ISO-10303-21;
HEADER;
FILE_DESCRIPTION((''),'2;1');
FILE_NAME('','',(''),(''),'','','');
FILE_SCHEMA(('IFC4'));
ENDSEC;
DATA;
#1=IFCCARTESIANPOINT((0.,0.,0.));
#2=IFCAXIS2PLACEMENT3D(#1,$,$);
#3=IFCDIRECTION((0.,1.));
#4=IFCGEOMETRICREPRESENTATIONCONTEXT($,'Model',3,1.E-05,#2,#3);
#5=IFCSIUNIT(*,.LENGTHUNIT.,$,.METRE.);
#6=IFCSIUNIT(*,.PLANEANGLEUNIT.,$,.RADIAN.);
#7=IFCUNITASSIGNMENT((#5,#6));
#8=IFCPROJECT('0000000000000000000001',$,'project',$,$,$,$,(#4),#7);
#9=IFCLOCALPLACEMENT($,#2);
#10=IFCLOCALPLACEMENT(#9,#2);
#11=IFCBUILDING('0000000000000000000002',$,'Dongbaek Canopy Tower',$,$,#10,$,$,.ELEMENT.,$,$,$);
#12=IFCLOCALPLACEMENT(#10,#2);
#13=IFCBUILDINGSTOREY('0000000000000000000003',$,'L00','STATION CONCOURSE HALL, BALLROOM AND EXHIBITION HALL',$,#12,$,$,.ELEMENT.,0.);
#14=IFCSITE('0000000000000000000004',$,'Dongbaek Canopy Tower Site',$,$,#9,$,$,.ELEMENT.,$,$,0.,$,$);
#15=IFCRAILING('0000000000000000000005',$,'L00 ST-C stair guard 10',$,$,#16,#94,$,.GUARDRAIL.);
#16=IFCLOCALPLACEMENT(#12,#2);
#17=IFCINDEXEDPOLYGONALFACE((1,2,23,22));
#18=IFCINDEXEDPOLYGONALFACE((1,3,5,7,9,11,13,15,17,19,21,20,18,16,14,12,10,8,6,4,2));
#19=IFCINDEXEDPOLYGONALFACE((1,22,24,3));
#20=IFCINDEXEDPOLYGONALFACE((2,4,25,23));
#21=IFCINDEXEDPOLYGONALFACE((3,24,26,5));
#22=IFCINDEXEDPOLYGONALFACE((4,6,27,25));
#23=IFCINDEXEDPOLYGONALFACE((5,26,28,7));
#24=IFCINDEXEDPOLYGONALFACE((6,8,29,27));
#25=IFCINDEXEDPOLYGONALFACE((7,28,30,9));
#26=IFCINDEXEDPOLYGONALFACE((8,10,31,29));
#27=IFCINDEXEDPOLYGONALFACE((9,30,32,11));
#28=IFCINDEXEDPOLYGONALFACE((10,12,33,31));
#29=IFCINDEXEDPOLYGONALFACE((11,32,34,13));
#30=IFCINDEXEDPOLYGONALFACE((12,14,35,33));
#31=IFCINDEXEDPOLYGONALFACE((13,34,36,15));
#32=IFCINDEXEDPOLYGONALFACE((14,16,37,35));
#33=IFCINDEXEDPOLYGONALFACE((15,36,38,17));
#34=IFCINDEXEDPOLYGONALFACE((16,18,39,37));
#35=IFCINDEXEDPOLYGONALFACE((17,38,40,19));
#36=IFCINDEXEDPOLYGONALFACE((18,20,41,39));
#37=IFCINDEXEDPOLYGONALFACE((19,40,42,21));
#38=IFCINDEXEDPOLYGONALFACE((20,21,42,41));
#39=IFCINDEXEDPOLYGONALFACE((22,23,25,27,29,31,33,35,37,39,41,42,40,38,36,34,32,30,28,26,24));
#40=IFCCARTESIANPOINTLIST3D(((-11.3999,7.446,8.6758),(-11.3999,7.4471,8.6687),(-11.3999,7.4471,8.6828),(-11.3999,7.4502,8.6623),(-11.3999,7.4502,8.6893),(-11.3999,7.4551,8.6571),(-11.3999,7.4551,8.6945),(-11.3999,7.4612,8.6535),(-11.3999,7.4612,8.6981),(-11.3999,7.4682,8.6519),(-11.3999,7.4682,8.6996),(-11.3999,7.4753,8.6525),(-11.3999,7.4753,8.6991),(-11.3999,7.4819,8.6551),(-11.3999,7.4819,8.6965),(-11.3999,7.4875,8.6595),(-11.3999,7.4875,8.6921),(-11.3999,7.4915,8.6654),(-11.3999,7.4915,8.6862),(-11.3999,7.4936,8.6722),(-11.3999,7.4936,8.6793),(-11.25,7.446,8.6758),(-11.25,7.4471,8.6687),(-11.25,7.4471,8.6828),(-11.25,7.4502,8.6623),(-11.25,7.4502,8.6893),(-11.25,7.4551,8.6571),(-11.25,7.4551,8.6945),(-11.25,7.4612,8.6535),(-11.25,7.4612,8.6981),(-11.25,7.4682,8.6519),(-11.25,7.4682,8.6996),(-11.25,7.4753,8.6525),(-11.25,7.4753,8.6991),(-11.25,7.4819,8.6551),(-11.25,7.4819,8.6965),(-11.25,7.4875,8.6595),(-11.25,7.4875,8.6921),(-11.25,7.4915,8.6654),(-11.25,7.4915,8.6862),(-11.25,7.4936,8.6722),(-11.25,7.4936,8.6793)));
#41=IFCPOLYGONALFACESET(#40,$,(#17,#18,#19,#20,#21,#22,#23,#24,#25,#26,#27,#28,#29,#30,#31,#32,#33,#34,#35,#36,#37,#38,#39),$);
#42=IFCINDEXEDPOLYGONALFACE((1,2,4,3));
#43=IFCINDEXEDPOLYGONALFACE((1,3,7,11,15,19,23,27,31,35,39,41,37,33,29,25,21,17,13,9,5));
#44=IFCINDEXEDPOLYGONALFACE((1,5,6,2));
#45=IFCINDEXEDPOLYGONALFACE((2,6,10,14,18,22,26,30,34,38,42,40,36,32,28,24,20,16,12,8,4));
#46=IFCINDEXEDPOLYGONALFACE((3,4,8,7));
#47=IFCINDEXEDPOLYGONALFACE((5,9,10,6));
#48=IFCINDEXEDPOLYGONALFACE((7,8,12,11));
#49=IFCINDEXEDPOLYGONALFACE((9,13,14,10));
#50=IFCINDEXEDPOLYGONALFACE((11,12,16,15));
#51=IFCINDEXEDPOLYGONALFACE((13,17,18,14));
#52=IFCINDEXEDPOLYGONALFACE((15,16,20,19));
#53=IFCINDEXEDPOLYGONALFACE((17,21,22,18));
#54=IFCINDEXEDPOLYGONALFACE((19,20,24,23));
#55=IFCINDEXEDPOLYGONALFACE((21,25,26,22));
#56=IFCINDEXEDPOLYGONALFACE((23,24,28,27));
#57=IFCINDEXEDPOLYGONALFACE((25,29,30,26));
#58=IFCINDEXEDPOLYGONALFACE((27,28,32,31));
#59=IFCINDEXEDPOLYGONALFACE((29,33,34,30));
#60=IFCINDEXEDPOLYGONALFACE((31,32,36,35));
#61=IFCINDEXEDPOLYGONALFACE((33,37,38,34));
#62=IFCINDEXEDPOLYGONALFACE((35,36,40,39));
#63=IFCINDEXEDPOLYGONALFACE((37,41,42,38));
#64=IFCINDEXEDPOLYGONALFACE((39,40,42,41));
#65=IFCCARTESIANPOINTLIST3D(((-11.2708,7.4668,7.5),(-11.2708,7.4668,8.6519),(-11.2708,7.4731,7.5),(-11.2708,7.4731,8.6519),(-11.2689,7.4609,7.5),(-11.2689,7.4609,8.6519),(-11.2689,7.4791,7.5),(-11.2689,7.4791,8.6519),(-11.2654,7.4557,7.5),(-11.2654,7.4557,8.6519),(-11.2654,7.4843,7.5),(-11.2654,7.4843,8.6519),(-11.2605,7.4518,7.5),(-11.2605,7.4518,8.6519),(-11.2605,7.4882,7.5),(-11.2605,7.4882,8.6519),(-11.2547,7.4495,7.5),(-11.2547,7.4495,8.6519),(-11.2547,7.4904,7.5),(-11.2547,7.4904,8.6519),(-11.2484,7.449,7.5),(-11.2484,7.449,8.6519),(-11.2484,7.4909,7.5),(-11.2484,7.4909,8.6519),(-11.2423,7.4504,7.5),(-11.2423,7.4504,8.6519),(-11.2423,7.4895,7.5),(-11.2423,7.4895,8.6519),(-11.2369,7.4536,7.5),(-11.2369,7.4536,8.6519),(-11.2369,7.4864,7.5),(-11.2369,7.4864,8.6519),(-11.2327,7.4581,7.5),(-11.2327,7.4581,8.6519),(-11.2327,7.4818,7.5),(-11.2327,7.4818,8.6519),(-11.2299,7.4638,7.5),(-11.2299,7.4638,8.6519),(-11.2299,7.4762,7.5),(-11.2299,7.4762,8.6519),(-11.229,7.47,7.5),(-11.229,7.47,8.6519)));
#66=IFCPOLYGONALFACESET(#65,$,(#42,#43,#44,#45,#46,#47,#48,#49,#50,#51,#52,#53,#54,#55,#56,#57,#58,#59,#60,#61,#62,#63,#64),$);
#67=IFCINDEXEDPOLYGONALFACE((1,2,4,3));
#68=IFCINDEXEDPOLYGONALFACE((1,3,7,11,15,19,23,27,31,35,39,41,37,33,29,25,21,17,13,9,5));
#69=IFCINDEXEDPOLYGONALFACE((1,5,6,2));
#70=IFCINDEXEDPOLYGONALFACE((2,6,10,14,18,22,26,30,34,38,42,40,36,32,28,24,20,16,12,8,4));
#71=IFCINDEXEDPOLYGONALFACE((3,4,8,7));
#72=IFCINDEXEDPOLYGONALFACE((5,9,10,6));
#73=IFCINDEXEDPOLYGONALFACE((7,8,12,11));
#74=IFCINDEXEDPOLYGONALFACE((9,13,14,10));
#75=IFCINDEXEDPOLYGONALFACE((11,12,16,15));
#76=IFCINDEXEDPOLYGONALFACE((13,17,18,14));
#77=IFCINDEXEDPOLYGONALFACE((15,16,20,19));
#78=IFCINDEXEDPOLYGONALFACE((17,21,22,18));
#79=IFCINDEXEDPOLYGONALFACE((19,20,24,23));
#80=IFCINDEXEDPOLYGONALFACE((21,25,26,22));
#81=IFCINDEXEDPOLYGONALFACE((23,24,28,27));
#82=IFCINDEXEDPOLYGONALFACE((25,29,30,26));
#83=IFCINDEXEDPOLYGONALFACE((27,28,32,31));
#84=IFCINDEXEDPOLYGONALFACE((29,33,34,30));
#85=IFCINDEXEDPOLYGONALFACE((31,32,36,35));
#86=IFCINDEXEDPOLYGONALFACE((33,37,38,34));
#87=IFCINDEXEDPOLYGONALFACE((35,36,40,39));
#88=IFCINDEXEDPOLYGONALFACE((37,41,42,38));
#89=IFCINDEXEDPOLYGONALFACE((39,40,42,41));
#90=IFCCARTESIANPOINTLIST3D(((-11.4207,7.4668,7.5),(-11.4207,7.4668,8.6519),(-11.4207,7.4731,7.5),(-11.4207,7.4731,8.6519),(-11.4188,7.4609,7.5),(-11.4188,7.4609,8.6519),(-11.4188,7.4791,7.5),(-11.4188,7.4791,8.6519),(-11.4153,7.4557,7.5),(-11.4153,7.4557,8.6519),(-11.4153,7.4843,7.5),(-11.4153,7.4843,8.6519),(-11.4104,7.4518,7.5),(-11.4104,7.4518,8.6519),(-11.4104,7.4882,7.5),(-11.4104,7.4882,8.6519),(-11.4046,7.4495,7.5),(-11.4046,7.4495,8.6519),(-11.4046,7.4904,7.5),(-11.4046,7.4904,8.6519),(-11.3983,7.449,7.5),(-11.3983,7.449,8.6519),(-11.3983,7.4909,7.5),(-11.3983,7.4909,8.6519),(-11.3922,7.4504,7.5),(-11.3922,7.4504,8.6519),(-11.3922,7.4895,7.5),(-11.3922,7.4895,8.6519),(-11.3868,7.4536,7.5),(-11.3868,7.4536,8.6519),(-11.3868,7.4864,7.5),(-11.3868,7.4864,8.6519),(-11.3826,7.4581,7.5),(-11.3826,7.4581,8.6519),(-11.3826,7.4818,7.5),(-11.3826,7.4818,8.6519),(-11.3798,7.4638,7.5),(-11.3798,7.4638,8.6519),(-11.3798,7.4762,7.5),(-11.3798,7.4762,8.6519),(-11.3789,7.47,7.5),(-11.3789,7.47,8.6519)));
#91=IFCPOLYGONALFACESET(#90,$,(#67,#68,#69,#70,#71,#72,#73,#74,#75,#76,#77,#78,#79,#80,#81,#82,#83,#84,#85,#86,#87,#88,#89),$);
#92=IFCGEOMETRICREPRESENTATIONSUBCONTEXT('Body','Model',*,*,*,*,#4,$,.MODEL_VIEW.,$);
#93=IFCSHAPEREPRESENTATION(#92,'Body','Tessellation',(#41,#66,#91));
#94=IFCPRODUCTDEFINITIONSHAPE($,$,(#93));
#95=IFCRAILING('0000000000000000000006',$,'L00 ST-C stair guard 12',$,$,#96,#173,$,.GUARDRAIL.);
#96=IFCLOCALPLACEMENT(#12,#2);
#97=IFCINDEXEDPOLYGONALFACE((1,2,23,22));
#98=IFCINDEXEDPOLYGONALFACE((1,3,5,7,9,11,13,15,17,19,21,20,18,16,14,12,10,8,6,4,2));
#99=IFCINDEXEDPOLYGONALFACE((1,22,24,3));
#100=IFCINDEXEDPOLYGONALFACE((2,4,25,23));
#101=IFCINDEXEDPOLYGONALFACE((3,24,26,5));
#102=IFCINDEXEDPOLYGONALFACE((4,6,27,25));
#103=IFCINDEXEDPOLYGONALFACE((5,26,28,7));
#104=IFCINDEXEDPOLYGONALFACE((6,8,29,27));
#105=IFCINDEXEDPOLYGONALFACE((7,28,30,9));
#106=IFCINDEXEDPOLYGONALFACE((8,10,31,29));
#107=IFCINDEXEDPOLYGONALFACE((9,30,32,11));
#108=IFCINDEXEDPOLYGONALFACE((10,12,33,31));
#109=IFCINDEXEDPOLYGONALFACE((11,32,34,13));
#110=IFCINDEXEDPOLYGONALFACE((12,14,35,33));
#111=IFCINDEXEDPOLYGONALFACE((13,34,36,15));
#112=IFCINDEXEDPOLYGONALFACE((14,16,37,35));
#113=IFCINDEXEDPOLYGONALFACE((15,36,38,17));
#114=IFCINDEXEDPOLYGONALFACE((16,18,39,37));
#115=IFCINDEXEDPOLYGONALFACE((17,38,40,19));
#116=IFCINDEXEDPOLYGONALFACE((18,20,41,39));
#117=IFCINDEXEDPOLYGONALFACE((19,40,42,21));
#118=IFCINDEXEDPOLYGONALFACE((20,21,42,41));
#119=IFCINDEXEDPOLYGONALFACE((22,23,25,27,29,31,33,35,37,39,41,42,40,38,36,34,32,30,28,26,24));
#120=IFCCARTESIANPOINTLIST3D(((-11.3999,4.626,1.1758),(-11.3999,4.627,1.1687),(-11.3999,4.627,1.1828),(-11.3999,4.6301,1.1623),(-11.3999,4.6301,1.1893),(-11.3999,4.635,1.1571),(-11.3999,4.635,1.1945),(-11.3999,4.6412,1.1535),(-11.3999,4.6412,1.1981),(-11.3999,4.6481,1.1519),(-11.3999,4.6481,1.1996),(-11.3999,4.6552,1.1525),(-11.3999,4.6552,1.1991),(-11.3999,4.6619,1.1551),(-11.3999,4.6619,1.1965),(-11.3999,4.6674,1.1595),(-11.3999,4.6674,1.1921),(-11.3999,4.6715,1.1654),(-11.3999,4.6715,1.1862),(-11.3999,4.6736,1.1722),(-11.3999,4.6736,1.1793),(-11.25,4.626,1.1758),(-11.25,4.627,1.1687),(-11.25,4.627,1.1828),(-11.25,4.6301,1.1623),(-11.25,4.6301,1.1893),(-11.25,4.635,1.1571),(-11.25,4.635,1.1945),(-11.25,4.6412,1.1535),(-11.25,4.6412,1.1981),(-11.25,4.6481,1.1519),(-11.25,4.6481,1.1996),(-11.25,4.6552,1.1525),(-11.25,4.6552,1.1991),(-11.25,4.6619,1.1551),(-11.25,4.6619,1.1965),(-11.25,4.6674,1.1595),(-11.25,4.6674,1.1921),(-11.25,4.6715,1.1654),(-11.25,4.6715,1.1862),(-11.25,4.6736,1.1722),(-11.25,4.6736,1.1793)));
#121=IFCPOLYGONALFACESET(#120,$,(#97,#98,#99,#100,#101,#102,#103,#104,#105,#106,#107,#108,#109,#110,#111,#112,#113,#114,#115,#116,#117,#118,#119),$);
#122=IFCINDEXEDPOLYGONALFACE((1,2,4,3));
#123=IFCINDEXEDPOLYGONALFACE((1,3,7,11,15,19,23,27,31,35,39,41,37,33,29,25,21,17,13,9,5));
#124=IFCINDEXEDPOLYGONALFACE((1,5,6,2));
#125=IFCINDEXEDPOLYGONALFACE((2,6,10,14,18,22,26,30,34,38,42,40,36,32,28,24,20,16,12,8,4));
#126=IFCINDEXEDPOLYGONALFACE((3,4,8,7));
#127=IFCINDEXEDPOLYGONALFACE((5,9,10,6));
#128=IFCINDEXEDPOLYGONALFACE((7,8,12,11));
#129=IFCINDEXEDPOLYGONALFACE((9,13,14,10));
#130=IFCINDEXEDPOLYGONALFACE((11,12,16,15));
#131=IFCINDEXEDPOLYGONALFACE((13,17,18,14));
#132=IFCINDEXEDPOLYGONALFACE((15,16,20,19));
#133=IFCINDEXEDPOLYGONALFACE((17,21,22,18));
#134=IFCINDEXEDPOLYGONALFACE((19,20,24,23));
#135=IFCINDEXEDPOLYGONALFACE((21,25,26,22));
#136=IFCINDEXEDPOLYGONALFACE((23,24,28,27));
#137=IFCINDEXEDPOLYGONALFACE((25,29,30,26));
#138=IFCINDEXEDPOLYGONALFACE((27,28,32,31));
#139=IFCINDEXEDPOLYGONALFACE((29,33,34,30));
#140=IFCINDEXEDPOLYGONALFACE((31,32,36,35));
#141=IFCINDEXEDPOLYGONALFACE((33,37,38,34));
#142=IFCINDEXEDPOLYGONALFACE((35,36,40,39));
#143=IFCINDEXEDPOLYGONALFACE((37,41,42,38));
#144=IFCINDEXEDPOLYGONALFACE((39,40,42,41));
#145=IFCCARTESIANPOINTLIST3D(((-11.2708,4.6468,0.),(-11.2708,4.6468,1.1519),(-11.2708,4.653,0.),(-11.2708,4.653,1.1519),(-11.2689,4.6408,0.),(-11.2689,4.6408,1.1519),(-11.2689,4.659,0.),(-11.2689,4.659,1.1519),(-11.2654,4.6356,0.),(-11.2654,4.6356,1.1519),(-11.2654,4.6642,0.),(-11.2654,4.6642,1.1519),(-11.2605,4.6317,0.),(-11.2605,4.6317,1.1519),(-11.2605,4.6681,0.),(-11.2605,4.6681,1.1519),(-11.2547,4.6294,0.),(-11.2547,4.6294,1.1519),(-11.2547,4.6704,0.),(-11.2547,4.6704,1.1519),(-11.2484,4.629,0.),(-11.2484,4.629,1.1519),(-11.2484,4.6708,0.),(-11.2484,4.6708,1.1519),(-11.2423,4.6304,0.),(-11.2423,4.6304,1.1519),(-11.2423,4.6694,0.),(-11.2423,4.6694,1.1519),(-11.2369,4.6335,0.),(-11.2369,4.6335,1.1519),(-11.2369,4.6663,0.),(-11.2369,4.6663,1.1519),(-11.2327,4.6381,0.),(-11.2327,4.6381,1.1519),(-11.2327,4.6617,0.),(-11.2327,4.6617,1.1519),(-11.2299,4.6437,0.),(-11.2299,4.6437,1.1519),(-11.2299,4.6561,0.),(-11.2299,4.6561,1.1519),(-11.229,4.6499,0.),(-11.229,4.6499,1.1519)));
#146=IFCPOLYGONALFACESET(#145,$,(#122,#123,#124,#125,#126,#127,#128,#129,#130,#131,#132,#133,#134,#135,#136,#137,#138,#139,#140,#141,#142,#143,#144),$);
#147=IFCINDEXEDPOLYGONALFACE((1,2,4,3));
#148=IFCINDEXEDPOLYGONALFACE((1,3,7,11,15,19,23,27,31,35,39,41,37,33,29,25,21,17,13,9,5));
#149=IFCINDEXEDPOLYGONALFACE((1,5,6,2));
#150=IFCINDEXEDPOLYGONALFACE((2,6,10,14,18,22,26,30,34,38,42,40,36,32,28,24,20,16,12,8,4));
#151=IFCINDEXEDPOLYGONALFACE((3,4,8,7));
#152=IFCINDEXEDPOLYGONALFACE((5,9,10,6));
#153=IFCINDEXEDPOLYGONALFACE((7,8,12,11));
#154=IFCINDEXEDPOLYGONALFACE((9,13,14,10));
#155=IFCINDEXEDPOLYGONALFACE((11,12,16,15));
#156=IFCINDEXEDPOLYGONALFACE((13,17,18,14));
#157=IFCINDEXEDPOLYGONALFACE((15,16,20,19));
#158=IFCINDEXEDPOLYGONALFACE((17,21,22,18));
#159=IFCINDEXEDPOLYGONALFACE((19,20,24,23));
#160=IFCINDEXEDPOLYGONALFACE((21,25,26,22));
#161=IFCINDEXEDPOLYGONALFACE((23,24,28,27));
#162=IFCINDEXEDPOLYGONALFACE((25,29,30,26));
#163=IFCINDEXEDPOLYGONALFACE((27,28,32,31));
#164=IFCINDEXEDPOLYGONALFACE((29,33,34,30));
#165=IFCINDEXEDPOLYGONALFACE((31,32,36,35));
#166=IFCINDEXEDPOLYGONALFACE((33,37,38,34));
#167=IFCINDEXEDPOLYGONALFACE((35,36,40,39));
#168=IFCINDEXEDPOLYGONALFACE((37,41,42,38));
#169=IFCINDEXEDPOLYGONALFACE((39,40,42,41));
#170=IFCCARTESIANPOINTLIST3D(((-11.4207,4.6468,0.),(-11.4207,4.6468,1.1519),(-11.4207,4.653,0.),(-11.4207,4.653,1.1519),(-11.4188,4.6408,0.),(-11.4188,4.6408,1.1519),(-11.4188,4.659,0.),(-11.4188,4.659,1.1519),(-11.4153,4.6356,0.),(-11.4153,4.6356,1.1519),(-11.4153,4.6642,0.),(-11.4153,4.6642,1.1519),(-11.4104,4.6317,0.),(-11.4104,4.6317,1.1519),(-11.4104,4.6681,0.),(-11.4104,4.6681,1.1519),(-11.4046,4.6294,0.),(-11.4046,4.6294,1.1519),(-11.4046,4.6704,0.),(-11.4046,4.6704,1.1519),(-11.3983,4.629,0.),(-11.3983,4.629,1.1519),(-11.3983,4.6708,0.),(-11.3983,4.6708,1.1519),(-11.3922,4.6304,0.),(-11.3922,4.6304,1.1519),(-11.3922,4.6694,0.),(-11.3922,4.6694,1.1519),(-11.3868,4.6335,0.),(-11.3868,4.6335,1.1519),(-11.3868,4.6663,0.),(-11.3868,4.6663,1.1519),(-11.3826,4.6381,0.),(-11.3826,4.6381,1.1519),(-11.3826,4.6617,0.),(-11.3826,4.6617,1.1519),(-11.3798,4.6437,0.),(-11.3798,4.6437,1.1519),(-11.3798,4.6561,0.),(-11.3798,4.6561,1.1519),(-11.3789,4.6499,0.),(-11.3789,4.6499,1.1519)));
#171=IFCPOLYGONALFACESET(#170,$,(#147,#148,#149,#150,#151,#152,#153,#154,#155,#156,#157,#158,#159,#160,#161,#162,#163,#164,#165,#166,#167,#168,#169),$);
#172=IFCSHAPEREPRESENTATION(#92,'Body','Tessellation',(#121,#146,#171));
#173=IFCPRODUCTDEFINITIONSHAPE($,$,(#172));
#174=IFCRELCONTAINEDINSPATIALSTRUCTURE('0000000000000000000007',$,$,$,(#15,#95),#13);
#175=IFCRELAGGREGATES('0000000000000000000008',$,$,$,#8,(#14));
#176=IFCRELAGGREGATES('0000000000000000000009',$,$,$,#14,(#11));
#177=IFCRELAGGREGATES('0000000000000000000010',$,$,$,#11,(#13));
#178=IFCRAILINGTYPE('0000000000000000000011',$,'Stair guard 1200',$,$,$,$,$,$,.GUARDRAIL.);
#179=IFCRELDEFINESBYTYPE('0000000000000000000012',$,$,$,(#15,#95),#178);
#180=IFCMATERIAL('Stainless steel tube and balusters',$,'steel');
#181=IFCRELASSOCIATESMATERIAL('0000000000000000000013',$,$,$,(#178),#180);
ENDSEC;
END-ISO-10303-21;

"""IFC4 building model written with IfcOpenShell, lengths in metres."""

from ifc_helpers import new_model, si_unit, direction, frame, origin, origin_2d, place, context, subcontext, project, spatial, circle, extrude, material, type_object, element, save


model = new_model("IFC4")

# Units and contexts
model_context = context("Model", 3, precision=1e-05, world=origin(), true_north=direction((0.0, 1.0)))
body_context = subcontext(model_context, "Body", "Model", "MODEL_VIEW")
ifc_project = project(units=[si_unit("LENGTHUNIT", "METRE"), si_unit("PLANEANGLEUNIT", "RADIAN")], contexts=[model_context])

# Site, building, storey
site_placement = place(None, origin())
site = spatial("IfcSite", under=ifc_project, at=site_placement, Name="Dongbaek Canopy Tower Site", CompositionType="ELEMENT", RefElevation=0.0)
building_placement = place(site_placement, origin())
building = spatial("IfcBuilding", under=site, at=building_placement, Name="Dongbaek Canopy Tower", CompositionType="ELEMENT")
storey_placement = place(building_placement, origin())
storey = spatial("IfcBuildingStorey", under=building, at=storey_placement, Name="L00", Description="STATION CONCOURSE HALL, BALLROOM AND EXHIBITION HALL", CompositionType="ELEMENT", Elevation=0.0)

# Railings
ifc_material_1 = material(Name="Stainless steel tube and balusters", Category="steel")
railing_type_1 = type_object("IfcRailingType", Name="Stair guard 1200", PredefinedType="GUARDRAIL", material=ifc_material_1)
for number, where, name in (
    (1, (-11.25, 7.47, 7.5), "L00 ST-C stair guard 10"),
    (2, (-11.25, 4.6499, 0.0), "L00 ST-C stair guard 12"),
):
    element("IfcRailing", number, at=place(storey_placement, frame(where)), inside=storey, type_object=railing_type_1, Name=name, PredefinedType="GUARDRAIL", context=body_context, shape_type="SweptSolid", body=[
        extrude(circle(Radius=0.0239, at=origin_2d()), frame((0.0, 0.0, 1.1758), z_axis=(-1.0, 0.0, 0.0), x_axis=(0.0, -1.0, 0.0)), (0.0, 0.0, 1.0), 0.1499),
        extrude(circle(Radius=0.021, at=origin_2d()), origin(), (0.0, 0.0, 1.0), 1.1519),
        extrude(circle(Radius=0.021, at=origin_2d()), frame((-0.1499, 0.0, 0.0)), (0.0, 0.0, 1.0), 1.1519),
    ])

save(model, "model.ifc")
